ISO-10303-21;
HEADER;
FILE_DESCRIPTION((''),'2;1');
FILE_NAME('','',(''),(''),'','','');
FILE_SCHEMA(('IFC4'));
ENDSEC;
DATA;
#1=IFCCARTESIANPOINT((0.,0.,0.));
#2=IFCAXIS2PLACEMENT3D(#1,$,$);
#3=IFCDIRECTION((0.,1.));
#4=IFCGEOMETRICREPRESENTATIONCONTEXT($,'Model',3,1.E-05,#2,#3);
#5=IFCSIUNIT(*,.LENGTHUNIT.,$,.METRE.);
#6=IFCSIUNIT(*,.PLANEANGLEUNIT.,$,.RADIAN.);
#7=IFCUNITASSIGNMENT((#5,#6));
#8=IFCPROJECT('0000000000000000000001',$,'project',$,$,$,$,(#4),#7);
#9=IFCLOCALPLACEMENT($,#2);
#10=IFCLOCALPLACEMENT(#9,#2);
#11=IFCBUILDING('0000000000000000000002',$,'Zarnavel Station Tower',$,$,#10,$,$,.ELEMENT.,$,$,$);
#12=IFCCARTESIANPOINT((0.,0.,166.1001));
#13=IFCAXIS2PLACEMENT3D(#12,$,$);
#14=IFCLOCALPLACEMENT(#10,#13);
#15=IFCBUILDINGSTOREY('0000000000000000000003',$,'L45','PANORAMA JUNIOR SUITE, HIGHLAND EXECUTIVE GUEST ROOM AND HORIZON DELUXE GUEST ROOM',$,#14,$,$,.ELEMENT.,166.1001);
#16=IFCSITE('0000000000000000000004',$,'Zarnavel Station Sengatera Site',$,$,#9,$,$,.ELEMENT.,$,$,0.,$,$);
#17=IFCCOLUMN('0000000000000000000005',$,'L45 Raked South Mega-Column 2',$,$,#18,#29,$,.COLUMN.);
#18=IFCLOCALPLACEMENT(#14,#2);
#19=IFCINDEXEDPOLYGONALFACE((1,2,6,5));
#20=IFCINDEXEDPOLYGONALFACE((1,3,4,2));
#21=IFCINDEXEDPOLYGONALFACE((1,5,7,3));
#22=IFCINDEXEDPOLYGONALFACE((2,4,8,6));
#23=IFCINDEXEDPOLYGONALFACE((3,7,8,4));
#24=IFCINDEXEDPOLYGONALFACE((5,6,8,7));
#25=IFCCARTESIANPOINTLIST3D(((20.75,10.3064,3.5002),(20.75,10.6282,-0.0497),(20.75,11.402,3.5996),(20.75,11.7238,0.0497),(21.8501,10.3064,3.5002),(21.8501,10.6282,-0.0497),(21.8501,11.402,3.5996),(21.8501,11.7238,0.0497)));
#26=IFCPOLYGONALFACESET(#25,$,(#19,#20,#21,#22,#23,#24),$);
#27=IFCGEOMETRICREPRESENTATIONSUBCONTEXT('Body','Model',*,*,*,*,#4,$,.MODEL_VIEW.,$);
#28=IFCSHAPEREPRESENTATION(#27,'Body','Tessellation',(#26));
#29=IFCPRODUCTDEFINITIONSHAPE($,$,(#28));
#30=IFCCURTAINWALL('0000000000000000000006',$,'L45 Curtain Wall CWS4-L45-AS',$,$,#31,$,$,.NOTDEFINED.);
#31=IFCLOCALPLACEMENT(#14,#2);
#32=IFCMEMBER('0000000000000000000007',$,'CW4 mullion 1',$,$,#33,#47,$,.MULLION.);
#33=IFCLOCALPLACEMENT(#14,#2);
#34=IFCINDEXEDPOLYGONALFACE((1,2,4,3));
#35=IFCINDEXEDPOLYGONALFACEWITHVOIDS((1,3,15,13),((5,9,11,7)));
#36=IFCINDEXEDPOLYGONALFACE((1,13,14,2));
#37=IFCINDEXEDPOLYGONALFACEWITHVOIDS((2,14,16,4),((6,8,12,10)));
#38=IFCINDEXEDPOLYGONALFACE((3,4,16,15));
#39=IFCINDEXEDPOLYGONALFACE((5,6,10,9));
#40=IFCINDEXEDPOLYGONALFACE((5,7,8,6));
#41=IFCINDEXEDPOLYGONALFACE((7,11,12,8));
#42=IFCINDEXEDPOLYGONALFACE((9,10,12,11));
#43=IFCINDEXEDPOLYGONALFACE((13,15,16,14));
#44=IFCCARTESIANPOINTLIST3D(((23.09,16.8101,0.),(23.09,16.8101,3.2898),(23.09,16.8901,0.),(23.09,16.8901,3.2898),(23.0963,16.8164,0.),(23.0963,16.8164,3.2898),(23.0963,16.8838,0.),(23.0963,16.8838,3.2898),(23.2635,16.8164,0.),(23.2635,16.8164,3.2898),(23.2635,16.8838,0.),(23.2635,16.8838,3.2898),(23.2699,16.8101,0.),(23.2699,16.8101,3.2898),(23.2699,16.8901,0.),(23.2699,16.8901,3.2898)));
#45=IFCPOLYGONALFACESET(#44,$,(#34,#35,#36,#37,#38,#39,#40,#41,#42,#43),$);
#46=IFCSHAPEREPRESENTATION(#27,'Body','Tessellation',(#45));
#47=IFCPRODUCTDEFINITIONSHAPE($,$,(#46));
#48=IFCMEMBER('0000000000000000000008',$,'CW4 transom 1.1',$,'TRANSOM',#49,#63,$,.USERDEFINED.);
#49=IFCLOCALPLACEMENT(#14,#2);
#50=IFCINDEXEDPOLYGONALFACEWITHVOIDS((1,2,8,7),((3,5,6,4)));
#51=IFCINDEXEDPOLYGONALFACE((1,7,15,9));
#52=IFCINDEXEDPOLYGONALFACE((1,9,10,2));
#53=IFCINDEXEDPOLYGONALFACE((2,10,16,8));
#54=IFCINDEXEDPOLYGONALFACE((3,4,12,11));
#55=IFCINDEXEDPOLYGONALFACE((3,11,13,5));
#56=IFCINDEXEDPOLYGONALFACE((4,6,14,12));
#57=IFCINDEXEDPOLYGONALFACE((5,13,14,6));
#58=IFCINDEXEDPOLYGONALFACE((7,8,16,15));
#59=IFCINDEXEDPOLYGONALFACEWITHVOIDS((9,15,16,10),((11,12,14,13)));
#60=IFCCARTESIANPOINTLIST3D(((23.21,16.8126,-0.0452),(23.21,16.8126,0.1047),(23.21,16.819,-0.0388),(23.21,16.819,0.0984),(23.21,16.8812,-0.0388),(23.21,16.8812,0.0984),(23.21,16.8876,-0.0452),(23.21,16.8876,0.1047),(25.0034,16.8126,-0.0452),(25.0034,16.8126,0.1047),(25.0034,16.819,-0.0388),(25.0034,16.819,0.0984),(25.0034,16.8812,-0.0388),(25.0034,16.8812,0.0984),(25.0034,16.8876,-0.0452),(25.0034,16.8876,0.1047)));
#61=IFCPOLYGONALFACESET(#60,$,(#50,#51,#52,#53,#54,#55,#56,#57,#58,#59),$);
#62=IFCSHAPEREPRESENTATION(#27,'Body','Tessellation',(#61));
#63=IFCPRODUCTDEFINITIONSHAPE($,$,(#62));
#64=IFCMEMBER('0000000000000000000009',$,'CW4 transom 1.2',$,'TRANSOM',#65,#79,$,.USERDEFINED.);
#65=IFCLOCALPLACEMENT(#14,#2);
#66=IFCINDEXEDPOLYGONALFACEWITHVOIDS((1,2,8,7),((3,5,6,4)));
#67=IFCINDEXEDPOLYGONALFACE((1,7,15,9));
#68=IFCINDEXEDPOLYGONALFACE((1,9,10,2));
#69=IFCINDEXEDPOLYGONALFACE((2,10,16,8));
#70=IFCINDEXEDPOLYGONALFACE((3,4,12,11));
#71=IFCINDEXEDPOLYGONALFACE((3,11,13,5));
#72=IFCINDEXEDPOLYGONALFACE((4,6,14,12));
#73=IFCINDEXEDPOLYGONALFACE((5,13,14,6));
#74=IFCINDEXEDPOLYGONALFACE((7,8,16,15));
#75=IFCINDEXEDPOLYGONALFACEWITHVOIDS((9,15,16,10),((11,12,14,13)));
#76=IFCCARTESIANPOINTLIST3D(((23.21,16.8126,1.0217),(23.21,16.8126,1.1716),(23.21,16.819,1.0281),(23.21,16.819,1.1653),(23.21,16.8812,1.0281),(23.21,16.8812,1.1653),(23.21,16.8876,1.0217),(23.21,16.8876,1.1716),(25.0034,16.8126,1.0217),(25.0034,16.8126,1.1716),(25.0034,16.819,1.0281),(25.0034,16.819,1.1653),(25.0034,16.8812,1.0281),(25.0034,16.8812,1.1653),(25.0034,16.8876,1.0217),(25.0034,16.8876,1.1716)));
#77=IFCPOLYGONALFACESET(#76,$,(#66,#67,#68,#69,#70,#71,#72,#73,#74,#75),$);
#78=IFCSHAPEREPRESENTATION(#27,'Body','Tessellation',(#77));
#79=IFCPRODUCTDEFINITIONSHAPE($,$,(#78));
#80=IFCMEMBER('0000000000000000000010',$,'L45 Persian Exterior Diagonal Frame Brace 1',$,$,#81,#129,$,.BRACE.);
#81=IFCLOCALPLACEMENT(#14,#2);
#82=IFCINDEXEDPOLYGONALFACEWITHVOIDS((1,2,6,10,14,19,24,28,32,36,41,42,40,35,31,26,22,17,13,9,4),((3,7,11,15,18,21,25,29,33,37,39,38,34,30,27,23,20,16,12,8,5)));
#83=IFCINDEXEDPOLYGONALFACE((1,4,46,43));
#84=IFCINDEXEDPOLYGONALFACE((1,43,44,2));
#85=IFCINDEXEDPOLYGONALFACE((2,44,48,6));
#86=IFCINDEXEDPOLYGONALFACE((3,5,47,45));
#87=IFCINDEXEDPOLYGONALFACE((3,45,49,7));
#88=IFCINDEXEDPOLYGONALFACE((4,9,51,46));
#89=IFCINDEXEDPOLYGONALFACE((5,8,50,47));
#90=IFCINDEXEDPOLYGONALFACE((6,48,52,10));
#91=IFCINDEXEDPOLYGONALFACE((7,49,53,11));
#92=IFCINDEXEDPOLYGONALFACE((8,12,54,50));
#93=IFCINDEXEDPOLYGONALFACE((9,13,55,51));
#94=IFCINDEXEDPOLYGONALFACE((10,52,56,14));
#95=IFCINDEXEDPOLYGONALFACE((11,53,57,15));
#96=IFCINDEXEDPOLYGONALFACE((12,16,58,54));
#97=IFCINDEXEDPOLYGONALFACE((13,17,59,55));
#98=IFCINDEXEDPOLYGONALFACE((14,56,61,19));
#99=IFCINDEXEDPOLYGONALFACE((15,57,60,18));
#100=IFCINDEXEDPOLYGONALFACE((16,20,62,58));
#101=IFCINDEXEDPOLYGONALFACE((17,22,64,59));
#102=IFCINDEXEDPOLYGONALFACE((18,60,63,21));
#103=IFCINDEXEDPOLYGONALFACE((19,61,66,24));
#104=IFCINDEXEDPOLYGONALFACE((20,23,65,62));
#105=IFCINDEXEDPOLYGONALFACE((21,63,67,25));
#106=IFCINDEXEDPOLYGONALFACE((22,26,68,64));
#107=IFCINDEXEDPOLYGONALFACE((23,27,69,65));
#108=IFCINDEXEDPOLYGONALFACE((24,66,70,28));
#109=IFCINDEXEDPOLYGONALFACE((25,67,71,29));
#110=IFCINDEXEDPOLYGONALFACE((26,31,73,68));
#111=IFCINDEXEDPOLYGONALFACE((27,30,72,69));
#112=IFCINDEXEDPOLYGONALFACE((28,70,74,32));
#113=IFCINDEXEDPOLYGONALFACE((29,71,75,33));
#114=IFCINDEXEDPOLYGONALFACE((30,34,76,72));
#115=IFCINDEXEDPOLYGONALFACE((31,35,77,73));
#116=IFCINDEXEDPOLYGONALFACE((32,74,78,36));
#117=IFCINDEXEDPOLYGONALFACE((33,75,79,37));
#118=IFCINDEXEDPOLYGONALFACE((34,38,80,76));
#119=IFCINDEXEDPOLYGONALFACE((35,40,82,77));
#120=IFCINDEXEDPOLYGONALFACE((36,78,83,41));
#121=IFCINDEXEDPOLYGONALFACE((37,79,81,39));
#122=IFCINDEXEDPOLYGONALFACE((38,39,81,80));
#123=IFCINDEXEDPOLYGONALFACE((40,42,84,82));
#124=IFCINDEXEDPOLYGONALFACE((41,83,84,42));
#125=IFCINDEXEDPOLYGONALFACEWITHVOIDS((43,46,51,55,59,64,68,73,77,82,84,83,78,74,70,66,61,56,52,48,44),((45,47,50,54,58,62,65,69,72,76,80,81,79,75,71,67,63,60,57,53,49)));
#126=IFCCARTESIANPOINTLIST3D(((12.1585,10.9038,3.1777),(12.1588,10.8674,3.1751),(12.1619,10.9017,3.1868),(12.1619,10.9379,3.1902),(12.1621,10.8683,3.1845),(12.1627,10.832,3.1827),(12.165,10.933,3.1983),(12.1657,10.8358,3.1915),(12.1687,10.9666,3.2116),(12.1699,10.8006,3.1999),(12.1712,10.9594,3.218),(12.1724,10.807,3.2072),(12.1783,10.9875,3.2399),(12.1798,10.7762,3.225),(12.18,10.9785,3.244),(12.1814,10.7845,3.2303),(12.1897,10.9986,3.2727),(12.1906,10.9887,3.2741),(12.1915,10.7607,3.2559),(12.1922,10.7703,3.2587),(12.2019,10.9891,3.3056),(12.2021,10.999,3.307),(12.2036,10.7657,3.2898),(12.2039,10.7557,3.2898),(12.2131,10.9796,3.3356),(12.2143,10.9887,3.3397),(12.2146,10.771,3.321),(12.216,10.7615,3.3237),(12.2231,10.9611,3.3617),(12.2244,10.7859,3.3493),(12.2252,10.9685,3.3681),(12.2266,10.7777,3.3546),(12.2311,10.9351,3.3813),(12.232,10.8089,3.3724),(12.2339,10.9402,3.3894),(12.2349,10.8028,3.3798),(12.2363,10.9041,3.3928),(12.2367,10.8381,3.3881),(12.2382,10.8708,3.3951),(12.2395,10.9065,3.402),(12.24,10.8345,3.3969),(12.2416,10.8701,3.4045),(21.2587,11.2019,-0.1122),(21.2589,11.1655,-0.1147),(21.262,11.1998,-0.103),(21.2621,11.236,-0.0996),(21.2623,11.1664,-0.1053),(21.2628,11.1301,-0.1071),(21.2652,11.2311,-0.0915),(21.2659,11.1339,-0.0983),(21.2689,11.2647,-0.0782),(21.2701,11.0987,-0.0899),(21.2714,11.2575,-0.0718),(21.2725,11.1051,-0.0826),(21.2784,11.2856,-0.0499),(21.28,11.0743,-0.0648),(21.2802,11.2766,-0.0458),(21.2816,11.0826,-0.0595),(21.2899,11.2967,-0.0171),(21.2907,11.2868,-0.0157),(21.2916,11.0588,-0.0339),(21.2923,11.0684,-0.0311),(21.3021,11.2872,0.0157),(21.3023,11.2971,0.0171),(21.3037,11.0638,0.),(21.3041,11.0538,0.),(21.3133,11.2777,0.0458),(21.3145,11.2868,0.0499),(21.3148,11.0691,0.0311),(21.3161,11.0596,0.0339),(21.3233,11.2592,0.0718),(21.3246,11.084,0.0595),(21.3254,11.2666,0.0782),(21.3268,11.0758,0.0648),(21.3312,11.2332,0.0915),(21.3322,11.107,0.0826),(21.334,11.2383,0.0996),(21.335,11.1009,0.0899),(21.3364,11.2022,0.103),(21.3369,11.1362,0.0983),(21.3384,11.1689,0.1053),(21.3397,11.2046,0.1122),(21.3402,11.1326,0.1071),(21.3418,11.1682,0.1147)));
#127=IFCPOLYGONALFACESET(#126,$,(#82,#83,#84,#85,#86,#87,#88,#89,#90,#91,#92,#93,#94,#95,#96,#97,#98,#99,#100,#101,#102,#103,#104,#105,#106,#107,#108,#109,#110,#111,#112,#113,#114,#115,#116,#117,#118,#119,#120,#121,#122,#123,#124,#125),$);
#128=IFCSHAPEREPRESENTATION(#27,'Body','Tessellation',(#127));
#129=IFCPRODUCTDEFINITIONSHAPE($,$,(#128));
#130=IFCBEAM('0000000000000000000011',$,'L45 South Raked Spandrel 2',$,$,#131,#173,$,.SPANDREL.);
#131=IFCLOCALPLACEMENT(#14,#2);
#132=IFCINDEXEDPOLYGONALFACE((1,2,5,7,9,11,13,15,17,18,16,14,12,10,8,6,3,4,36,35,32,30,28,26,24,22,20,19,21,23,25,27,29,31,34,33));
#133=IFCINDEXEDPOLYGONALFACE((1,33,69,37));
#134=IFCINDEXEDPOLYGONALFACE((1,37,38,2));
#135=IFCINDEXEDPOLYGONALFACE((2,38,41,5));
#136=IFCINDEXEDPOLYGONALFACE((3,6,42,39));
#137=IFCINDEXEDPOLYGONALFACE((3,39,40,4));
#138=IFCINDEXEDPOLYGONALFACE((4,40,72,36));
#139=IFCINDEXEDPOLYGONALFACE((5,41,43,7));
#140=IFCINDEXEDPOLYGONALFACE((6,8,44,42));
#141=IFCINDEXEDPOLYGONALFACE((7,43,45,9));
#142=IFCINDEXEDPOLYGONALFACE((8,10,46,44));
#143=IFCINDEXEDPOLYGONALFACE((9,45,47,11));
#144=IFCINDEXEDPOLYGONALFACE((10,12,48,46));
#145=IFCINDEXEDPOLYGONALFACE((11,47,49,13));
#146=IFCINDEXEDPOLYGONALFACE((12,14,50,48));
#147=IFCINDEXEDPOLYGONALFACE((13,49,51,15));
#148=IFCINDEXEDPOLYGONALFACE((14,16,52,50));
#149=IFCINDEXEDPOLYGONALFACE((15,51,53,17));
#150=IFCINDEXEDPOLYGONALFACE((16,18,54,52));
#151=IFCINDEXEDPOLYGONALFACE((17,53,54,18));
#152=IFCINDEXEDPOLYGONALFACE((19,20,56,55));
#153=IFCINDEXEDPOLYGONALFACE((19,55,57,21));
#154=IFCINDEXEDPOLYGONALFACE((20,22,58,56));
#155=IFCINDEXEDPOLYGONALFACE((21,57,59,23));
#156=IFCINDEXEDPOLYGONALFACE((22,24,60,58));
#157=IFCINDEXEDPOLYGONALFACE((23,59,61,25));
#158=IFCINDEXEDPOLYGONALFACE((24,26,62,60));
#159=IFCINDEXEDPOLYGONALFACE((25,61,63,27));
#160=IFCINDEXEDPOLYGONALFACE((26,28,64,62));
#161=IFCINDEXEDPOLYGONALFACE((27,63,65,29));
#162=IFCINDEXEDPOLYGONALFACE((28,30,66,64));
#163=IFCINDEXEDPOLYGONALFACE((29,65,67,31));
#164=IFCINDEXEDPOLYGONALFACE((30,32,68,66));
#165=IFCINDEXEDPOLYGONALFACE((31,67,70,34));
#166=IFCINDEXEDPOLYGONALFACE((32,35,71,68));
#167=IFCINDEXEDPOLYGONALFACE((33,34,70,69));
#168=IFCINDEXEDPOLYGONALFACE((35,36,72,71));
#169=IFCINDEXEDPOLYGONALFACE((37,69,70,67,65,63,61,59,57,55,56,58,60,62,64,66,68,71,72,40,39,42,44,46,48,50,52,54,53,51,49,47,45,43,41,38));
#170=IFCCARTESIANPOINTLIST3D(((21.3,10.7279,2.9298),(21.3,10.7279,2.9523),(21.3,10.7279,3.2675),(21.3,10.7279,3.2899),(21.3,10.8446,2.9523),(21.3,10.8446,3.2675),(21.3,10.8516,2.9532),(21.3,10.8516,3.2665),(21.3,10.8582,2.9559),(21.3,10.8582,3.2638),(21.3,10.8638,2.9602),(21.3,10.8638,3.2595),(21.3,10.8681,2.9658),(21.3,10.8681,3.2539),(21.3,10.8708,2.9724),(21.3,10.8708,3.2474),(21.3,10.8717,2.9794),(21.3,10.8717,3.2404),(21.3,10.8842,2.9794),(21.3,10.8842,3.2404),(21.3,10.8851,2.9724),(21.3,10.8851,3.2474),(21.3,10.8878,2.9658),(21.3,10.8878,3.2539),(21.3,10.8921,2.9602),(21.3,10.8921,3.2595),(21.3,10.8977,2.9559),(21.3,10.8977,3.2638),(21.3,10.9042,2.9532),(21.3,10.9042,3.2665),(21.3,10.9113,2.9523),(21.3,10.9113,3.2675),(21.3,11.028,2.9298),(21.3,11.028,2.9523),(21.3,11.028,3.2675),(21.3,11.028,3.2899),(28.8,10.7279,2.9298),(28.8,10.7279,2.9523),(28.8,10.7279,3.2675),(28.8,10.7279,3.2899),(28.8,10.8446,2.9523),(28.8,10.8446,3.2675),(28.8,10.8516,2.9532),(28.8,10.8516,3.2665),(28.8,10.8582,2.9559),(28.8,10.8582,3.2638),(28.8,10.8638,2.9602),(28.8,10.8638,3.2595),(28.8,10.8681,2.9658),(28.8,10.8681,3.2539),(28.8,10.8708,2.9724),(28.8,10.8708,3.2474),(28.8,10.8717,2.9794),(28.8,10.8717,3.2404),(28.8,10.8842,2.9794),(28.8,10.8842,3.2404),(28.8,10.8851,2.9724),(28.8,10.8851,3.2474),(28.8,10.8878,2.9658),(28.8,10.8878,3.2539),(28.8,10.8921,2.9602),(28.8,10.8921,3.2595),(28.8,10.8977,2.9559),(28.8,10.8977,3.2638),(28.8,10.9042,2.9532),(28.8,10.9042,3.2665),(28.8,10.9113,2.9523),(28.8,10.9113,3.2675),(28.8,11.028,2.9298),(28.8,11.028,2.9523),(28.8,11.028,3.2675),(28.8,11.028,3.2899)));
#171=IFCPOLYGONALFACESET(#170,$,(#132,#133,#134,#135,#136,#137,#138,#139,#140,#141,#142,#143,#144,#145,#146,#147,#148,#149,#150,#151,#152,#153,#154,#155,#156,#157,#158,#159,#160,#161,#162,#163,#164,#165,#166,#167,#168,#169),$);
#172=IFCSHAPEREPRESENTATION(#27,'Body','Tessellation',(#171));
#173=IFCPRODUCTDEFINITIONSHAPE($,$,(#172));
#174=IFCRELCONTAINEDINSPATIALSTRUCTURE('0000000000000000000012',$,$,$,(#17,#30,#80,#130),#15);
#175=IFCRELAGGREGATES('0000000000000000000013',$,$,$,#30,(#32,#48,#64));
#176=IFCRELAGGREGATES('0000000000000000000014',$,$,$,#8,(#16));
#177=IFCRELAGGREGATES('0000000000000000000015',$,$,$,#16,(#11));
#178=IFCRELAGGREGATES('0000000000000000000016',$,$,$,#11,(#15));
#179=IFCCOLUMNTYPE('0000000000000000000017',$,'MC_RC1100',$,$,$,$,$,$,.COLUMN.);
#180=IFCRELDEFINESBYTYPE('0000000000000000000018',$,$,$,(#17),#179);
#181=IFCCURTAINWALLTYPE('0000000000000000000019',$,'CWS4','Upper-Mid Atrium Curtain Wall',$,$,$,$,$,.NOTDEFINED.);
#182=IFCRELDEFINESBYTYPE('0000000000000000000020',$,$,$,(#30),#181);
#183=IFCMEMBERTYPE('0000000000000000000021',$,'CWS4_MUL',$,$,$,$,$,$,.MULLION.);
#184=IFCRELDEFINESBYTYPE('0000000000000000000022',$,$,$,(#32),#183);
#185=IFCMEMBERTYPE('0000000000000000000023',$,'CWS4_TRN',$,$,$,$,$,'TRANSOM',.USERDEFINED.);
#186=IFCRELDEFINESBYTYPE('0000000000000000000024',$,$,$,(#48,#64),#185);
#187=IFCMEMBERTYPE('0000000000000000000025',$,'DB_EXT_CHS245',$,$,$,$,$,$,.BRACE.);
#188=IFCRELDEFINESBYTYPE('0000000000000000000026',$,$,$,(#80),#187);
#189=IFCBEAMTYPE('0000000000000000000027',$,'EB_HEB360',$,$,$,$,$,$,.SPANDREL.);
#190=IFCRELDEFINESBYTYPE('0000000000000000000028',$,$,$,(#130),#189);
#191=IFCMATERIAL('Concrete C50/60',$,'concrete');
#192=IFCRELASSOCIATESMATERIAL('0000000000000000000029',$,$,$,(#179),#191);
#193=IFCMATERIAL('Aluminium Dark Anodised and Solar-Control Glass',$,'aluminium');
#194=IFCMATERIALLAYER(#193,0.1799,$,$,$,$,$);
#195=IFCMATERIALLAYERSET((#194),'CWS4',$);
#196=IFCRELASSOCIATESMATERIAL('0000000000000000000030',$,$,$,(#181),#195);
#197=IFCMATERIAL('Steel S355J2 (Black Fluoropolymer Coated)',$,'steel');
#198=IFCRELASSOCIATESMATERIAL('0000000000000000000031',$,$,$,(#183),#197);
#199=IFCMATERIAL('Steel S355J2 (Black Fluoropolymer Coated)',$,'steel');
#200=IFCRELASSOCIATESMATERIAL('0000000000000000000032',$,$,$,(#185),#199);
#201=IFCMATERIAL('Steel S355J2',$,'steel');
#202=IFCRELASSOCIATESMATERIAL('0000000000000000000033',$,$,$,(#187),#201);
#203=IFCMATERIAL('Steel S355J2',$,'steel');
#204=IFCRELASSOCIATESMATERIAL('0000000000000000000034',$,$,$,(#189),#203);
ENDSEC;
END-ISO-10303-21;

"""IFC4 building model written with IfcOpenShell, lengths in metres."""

from ifc_helpers import new_model, si_unit, direction, frame, origin, origin_2d, place, context, subcontext, project, spatial, rectangle, hollow_rectangle, hollow_circle, i_section, extrude, material, layer, layer_set, material_profile, profile_set, type_object, element, aggregate, save


model = new_model("IFC4")

# Units and contexts
model_context = context("Model", 3, precision=1e-05, world=origin(), true_north=direction((0.0, 1.0)))
body_context = subcontext(model_context, "Body", "Model", "MODEL_VIEW")
ifc_project = project(units=[si_unit("LENGTHUNIT", "METRE"), si_unit("PLANEANGLEUNIT", "RADIAN")], contexts=[model_context])

# Site, building, storey
site_placement = place(None, origin())
site = spatial("IfcSite", under=ifc_project, at=site_placement, Name="Zarnavel Station Sengatera Site", CompositionType="ELEMENT", RefElevation=0.0)
building_placement = place(site_placement, origin())
building = spatial("IfcBuilding", under=site, at=building_placement, Name="Zarnavel Station Tower", CompositionType="ELEMENT")
storey_placement = place(building_placement, frame((0.0, 0.0, 166.1001)))
storey = spatial("IfcBuildingStorey", under=building, at=storey_placement, Name="L45", Description="PANORAMA JUNIOR SUITE, HIGHLAND EXECUTIVE GUEST ROOM AND HORIZON DELUXE GUEST ROOM", CompositionType="ELEMENT", Elevation=166.1001)

# Column
ifc_material_1 = material(Name="Concrete C50/60", Category="concrete")
ifc_material_profile_1 = material_profile(ifc_material_1, rectangle(XDim=1.1001, YDim=1.1001, at=origin_2d()), Name="RC1100x1100")
ifc_profile_set_1 = profile_set([ifc_material_profile_1], Name="Concrete C50/60")
column_type = type_object("IfcColumnType", Name="MC_RC1100", PredefinedType="COLUMN", material=ifc_profile_set_1)
column_placement = place(storey_placement, frame((21.3, 11.176, 0.0), z_axis=(0.0, -0.090276, 0.995917), x_axis=(1.0, 0.0, 0.0)))
element("IfcColumn", 1, at=column_placement, inside=storey, type_object=column_type, Name="L45 Raked South Mega-Column 2", PredefinedType="COLUMN", context=body_context, shape_type="SweptSolid", body=[
    extrude(rectangle(XDim=1.1001, YDim=1.1001, at=origin_2d()), origin(), (0.0, 0.0, 1.0), 3.5645),
])

# Curtain wall, members
ifc_material_2 = material(Name="Aluminium Dark Anodised and Solar-Control Glass", Category="aluminium")
ifc_layer_1 = layer(ifc_material_2, 0.1799)
ifc_layer_set_1 = layer_set([ifc_layer_1], Name="CWS4")
curtain_wall_type = type_object("IfcCurtainWallType", Name="CWS4", Description="Upper-Mid Atrium Curtain Wall", PredefinedType="NOTDEFINED", material=ifc_layer_set_1)
curtain_wall_placement = place(storey_placement, origin())
curtain_wall = element("IfcCurtainWall", 2, at=curtain_wall_placement, inside=storey, type_object=curtain_wall_type, Name="L45 Curtain Wall CWS4-L45-AS", PredefinedType="NOTDEFINED")
ifc_material_3 = material(Name="Steel S355J2 (Black Fluoropolymer Coated)", Category="steel")
ifc_material_profile_2 = material_profile(ifc_material_3, hollow_rectangle(XDim=0.0801, YDim=0.1799, WallThickness=0.0063, at=origin_2d()), Name="RHS180x80x6.3")
ifc_profile_set_2 = profile_set([ifc_material_profile_2], Name="Steel S355J2 (Black Fluoropolymer Coated)")
member_type_1 = type_object("IfcMemberType", Name="CWS4_MUL", PredefinedType="MULLION", material=ifc_profile_set_2)
member_1_placement = place(storey_placement, frame((23.1799, 16.8501, 0.0), z_axis=(0.0, 0.0, 1.0), x_axis=(0.0, 1.0, 0.0)))
member_1 = element("IfcMember", 3, at=member_1_placement, type_object=member_type_1, Name="CW4 mullion 1", PredefinedType="MULLION", context=body_context, shape_type="SweptSolid", body=[
    extrude(hollow_rectangle(XDim=0.0801, YDim=0.1799, WallThickness=0.0063, at=origin_2d()), origin(), (0.0, 0.0, 1.0), 3.2898),
])
ifc_material_4 = material(Name="Steel S355J2 (Black Fluoropolymer Coated)", Category="steel")
ifc_material_profile_3 = material_profile(ifc_material_4, hollow_rectangle(XDim=0.075, YDim=0.1499, WallThickness=0.0063, at=origin_2d()), Name="RHS150x75x6.3")
ifc_profile_set_3 = profile_set([ifc_material_profile_3], Name="Steel S355J2 (Black Fluoropolymer Coated)")
member_type_2 = type_object("IfcMemberType", Name="CWS4_TRN", ElementType="TRANSOM", PredefinedType="USERDEFINED", material=ifc_profile_set_3)
member_2_placement = place(storey_placement, frame((23.21, 16.8501, 0.0298), z_axis=(1.0, 0.0, 0.0), x_axis=(0.0, 1.0, 0.0)))
member_2 = element("IfcMember", 4, at=member_2_placement, type_object=member_type_2, Name="CW4 transom 1.1", ObjectType="TRANSOM", PredefinedType="USERDEFINED", context=body_context, shape_type="SweptSolid", body=[
    extrude(hollow_rectangle(XDim=0.075, YDim=0.1499, WallThickness=0.0063, at=origin_2d()), origin(), (0.0, 0.0, 1.0), 1.7935),
])
member_3_placement = place(storey_placement, frame((23.21, 16.8501, 1.0967), z_axis=(1.0, 0.0, 0.0), x_axis=(0.0, 1.0, 0.0)))
member_3 = element("IfcMember", 5, at=member_3_placement, type_object=member_type_2, Name="CW4 transom 1.2", ObjectType="TRANSOM", PredefinedType="USERDEFINED", context=body_context, shape_type="SweptSolid", body=[
    extrude(hollow_rectangle(XDim=0.075, YDim=0.1499, WallThickness=0.0063, at=origin_2d()), origin(), (0.0, 0.0, 1.0), 1.7935),
])
aggregate(curtain_wall, [member_1, member_2, member_3])

# Member
ifc_material_5 = material(Name="Steel S355J2", Category="steel")
ifc_material_profile_4 = material_profile(ifc_material_5, hollow_circle(Radius=0.1223, WallThickness=0.01, at=origin_2d()), Name="CHS244.5x10")
ifc_profile_set_4 = profile_set([ifc_material_profile_4], Name="Steel S355J2")
member_type_3 = type_object("IfcMemberType", Name="DB_EXT_CHS245", PredefinedType="BRACE", material=ifc_profile_set_4)
member_4_placement = place(storey_placement, frame((21.3, 11.176, 0.0), z_axis=(-0.939987, -0.030792, 0.339817), x_axis=(0.03274, -0.999464, 0.0)))
element("IfcMember", 6, at=member_4_placement, inside=storey, type_object=member_type_3, Name="L45 Persian Exterior Diagonal Frame Brace 1", PredefinedType="BRACE", context=body_context, shape_type="SweptSolid", body=[
    extrude(hollow_circle(Radius=0.1223, WallThickness=0.01, at=origin_2d()), origin(), (0.0, 0.0, 1.0), 9.6812),
])

# Beam
ifc_material_6 = material(Name="Steel S355J2", Category="steel")
ifc_material_profile_5 = material_profile(ifc_material_6, i_section(OverallWidth=0.3, OverallDepth=0.3601, WebThickness=0.0125, FlangeThickness=0.0225, FilletRadius=0.0271, at=origin_2d()), Name="HEB360")
ifc_profile_set_5 = profile_set([ifc_material_profile_5], Name="Steel S355J2")
beam_type_1 = type_object("IfcBeamType", Name="EB_HEB360", PredefinedType="SPANDREL", material=ifc_profile_set_5)
beam_1_placement = place(storey_placement, frame((21.3, 10.8779, 3.1099), z_axis=(1.0, 0.0, 0.0), x_axis=(0.0, 1.0, 0.0)))
element("IfcBeam", 7, at=beam_1_placement, inside=storey, type_object=beam_type_1, Name="L45 South Raked Spandrel 2", PredefinedType="SPANDREL", context=body_context, shape_type="SweptSolid", body=[
    extrude(i_section(OverallWidth=0.3, OverallDepth=0.3601, WebThickness=0.0125, FlangeThickness=0.0225, FilletRadius=0.0271, at=origin_2d()), origin(), (0.0, 0.0, 1.0), 7.5),
])

save(model, "model.ifc")
